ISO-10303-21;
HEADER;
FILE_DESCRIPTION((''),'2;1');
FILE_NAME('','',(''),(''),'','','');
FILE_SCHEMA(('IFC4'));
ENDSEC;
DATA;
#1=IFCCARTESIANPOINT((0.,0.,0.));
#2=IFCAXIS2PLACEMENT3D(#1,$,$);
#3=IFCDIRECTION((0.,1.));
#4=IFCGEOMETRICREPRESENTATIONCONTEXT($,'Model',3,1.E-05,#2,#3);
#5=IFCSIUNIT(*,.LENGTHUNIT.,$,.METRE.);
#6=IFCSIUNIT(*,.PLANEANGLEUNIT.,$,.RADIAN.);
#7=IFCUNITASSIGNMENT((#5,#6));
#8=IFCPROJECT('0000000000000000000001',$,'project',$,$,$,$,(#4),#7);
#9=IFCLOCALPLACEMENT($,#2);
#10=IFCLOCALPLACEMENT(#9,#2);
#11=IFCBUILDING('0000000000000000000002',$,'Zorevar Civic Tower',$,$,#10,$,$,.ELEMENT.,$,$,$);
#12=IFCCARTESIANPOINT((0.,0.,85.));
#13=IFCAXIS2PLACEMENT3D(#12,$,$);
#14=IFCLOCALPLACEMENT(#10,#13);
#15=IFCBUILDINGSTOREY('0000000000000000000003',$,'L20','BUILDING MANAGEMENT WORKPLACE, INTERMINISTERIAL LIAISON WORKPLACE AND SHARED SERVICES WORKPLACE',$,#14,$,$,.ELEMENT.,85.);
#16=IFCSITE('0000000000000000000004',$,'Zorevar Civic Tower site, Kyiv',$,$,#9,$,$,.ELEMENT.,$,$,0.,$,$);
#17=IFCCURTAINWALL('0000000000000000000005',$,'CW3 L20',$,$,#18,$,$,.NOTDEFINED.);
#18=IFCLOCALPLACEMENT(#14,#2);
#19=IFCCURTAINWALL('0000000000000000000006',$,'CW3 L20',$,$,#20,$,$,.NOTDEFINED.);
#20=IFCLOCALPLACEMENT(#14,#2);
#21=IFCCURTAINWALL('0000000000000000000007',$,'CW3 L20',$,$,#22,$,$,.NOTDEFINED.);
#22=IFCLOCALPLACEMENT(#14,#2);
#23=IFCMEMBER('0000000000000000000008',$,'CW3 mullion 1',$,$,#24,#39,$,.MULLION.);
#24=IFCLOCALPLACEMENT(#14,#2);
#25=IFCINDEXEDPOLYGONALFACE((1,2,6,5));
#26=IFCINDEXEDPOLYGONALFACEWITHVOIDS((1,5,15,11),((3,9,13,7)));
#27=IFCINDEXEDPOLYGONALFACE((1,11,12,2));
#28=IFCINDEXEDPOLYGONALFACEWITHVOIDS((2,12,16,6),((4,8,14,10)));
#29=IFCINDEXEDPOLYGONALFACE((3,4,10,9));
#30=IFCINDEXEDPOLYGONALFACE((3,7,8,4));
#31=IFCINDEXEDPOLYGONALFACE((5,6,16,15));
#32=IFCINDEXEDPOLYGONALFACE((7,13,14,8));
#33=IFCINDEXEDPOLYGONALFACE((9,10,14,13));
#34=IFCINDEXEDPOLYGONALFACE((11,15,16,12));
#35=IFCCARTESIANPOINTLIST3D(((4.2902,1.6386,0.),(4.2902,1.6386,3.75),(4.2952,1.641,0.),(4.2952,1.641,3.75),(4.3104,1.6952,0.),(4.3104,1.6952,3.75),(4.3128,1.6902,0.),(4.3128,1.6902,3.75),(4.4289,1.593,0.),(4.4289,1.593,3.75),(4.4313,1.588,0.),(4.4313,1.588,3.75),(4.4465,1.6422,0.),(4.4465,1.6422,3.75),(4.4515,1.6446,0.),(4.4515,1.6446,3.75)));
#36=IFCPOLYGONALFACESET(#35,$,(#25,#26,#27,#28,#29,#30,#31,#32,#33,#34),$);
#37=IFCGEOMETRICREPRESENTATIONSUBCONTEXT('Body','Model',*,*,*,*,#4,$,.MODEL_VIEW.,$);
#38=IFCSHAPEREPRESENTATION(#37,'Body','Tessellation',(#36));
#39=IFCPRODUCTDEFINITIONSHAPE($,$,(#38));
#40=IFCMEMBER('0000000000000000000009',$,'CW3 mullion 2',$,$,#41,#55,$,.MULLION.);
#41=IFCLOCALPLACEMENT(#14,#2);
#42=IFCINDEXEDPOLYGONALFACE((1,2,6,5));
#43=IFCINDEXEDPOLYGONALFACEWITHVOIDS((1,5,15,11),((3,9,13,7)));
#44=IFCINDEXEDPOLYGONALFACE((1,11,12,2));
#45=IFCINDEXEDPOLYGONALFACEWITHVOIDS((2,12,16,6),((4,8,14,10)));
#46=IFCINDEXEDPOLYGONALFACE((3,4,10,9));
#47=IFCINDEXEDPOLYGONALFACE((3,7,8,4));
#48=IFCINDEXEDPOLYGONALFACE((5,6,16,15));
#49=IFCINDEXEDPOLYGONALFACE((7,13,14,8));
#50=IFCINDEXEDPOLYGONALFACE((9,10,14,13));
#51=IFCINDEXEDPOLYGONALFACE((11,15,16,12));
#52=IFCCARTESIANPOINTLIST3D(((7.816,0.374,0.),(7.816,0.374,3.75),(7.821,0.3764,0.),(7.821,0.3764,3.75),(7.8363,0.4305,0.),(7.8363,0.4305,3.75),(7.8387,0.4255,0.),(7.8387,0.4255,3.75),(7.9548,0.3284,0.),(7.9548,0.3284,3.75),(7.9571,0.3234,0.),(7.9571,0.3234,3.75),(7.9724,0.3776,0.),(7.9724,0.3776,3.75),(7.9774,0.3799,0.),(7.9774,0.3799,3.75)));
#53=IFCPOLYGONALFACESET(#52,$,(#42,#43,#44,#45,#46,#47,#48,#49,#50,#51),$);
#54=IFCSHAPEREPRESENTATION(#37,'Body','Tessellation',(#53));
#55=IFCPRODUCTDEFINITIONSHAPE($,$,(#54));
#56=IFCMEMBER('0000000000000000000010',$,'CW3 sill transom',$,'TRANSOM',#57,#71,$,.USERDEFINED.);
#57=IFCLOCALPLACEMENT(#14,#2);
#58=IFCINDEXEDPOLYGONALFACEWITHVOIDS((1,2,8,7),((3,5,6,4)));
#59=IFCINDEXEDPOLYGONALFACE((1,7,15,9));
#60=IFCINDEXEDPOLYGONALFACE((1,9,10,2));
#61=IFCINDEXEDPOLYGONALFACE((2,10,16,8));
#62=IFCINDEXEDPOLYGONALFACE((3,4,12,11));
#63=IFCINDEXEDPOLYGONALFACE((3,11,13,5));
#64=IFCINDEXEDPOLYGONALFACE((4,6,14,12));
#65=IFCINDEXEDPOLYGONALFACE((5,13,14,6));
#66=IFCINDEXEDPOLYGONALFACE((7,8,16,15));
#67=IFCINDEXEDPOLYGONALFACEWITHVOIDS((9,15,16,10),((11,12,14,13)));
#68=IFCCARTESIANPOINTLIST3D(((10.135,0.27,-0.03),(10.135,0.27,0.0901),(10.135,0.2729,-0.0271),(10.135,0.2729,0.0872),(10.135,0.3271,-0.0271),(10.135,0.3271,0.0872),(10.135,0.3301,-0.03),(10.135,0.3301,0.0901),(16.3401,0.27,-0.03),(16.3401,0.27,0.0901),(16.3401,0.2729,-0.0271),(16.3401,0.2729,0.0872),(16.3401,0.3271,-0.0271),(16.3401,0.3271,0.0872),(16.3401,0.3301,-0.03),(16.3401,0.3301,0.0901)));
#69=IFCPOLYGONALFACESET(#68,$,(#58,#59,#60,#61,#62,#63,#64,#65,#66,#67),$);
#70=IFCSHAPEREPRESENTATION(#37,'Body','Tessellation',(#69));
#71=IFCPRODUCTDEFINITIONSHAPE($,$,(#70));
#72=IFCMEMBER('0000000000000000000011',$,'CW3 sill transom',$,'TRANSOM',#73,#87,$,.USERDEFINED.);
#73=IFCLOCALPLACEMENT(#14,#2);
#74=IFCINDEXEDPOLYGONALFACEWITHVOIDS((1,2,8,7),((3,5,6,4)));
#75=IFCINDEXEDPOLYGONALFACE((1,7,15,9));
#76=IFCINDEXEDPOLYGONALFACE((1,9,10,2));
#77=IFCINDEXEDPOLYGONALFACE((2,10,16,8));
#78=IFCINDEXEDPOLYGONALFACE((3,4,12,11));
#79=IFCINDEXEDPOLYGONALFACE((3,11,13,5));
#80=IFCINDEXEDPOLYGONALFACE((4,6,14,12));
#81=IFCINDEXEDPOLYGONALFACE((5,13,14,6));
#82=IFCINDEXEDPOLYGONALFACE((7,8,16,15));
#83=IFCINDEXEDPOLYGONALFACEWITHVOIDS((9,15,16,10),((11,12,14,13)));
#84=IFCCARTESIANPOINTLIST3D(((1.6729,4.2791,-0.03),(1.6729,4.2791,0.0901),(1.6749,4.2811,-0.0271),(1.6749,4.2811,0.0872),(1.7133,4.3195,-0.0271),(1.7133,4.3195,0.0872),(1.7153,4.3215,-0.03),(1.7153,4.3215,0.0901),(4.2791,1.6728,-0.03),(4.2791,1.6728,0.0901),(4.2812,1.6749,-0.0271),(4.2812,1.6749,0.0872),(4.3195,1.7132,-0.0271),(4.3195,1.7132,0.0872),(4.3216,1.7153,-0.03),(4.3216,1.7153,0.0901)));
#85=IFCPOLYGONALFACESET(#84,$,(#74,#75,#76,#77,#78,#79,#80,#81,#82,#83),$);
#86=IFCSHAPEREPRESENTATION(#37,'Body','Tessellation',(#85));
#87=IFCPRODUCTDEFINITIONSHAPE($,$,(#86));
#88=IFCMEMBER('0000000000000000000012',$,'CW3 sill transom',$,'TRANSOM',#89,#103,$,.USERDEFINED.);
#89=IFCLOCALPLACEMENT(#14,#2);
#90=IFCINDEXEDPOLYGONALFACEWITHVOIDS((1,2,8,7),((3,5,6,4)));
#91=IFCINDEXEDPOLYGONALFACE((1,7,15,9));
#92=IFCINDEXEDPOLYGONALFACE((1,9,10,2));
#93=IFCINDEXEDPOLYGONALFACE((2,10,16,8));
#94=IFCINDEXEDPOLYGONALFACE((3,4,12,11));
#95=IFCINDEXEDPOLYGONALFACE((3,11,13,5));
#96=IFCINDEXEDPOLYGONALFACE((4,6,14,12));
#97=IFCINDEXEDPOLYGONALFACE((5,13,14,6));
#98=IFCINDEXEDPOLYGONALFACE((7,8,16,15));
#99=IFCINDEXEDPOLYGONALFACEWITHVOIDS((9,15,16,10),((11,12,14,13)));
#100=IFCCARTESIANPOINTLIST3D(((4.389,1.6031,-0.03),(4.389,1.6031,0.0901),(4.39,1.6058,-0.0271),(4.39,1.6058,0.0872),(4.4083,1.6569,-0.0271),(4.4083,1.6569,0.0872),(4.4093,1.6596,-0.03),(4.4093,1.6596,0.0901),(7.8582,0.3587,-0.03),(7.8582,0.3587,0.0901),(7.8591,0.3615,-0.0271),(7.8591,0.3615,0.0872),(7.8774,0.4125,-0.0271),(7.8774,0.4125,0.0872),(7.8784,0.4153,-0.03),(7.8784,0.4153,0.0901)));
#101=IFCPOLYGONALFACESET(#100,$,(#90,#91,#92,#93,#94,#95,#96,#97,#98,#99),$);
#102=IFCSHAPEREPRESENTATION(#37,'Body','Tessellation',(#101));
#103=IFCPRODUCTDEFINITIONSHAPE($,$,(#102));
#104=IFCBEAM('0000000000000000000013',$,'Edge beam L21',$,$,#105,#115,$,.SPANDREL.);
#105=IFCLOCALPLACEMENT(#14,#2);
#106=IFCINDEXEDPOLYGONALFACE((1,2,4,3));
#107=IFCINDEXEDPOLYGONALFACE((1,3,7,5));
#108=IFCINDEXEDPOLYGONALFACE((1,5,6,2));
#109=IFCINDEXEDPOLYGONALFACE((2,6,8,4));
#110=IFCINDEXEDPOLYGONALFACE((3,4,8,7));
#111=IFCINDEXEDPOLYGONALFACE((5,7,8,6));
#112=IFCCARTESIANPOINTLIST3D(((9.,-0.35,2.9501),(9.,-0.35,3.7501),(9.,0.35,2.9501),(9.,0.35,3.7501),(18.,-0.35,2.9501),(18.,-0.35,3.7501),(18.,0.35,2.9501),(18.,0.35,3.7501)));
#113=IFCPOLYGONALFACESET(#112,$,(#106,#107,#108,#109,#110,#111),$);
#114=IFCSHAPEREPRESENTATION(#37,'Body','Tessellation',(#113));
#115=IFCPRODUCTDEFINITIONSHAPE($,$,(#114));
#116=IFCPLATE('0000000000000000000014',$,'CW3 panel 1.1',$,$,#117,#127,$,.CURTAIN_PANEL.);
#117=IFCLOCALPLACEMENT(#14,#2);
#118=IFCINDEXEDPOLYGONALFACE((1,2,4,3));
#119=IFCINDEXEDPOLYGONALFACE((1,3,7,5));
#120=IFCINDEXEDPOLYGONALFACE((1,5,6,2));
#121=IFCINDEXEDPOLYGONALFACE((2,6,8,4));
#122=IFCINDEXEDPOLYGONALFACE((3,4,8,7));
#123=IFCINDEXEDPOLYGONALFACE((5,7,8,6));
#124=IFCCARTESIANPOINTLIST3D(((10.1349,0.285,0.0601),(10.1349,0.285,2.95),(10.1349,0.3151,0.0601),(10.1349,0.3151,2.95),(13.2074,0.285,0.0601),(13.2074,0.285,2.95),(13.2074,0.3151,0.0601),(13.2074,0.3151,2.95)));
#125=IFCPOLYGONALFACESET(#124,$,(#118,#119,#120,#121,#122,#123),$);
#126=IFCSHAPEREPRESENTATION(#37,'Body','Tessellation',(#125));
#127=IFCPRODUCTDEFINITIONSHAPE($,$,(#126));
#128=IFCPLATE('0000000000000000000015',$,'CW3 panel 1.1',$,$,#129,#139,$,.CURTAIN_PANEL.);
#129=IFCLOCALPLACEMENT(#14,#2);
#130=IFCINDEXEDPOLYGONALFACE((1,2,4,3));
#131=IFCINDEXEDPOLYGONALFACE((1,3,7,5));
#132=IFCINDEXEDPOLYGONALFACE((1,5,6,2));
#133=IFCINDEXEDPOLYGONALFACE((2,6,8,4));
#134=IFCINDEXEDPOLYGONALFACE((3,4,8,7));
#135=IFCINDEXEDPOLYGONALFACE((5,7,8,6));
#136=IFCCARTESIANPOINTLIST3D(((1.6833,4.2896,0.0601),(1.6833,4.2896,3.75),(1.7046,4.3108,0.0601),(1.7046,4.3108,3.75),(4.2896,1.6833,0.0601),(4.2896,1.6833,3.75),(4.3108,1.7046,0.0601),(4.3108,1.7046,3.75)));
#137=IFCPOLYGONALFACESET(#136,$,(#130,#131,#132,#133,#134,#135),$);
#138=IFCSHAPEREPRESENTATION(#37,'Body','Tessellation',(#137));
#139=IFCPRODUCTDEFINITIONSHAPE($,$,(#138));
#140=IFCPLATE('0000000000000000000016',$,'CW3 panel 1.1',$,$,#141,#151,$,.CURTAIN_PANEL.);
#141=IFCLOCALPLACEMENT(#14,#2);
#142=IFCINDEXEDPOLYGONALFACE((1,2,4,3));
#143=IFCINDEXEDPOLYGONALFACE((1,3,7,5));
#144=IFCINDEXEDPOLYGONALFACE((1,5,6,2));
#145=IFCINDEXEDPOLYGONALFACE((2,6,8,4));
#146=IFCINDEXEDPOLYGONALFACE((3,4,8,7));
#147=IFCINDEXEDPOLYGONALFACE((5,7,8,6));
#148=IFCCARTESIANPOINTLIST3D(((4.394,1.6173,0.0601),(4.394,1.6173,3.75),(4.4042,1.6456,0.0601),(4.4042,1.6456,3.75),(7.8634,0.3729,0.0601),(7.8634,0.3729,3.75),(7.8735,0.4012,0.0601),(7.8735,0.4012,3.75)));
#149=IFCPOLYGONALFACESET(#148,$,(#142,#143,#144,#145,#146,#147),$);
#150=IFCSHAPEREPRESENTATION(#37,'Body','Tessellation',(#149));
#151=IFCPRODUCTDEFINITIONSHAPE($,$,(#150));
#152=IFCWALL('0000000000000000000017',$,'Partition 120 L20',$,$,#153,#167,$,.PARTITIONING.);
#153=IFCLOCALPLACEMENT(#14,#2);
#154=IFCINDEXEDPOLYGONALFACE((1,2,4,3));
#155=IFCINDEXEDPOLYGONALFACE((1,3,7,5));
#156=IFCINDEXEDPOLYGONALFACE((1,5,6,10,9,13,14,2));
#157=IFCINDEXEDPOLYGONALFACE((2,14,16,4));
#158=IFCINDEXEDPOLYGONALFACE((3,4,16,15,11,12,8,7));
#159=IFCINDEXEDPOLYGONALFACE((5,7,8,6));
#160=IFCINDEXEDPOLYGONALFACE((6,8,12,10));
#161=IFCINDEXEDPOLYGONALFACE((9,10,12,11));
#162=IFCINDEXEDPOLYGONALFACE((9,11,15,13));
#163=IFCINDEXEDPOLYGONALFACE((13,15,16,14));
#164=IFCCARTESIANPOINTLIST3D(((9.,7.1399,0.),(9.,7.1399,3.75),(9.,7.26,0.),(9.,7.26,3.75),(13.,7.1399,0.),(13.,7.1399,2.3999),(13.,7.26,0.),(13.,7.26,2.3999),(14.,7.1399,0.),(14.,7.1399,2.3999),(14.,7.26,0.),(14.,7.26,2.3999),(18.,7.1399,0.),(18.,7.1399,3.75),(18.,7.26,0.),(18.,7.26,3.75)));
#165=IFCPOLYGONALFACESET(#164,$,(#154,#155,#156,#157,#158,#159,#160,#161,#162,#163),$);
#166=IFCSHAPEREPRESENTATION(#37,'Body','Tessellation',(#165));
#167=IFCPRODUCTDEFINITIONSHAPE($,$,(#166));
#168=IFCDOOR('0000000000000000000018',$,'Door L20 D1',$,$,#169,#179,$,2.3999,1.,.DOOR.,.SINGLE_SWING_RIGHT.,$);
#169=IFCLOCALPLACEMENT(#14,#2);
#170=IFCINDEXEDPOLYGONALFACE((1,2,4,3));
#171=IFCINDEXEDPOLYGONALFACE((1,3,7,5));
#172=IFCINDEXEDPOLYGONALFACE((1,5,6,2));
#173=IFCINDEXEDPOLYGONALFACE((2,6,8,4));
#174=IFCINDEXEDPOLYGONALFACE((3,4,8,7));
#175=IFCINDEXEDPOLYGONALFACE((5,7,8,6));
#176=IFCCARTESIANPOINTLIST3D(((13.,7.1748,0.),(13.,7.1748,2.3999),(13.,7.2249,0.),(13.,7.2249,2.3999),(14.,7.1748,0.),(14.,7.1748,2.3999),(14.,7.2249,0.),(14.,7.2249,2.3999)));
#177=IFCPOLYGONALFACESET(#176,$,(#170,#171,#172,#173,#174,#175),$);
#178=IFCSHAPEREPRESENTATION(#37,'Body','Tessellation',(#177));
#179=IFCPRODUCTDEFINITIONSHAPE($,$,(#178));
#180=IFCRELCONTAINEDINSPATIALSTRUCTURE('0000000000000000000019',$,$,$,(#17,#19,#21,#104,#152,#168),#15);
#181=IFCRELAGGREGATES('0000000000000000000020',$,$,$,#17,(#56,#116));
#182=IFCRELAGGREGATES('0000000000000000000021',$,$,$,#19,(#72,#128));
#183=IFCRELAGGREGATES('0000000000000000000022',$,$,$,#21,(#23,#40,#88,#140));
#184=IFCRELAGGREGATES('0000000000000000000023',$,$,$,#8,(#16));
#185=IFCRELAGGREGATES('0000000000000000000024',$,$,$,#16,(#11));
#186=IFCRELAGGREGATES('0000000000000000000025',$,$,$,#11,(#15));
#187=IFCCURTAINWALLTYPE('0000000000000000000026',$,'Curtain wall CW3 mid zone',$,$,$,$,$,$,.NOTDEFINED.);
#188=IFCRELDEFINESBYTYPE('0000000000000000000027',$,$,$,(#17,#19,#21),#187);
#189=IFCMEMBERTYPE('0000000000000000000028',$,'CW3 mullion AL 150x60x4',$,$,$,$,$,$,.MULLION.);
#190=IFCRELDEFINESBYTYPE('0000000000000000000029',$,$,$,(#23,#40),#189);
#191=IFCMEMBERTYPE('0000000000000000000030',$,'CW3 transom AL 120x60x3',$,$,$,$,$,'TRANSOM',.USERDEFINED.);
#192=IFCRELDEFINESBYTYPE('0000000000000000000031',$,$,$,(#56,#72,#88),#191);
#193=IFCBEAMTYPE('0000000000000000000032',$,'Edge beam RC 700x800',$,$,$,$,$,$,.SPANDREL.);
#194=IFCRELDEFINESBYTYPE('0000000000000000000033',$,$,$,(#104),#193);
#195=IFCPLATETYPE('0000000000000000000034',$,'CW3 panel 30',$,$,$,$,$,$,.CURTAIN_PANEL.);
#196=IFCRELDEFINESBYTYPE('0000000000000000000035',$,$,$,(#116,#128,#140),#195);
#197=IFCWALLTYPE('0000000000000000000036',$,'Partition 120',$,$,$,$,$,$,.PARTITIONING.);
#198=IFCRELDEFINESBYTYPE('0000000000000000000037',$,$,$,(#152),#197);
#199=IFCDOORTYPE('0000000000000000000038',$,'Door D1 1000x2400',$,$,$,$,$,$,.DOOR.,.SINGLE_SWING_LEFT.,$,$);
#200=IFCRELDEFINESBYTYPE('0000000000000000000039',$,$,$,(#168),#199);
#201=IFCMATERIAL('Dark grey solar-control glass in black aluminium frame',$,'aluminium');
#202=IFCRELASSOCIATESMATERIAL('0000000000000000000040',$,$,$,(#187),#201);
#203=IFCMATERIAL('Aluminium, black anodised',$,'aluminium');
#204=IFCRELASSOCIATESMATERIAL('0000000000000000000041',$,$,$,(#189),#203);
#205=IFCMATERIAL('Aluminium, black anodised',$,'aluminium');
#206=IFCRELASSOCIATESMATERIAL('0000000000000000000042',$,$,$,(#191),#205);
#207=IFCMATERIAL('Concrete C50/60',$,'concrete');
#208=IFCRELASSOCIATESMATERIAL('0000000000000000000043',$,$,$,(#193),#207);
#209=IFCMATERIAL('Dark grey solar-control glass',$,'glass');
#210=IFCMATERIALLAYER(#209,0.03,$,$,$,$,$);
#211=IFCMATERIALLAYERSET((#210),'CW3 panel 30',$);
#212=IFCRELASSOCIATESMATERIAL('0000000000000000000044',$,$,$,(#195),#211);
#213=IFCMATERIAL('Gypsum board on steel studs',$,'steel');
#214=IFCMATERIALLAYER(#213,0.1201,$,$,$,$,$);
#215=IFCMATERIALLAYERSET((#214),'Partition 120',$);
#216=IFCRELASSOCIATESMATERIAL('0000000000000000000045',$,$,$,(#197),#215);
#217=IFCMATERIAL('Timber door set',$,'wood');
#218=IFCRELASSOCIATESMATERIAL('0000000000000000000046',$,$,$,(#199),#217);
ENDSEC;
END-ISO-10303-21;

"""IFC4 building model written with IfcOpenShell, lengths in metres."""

from ifc_helpers import new_model, si_unit, direction, frame, frame_2d, origin, origin_2d, place, context, subcontext, project, spatial, rectangle, hollow_rectangle, extrude, material, layer, layer_set, material_profile, profile_set, type_object, element, fill, aggregate, save


model = new_model("IFC4")

# Units and contexts
model_context = context("Model", 3, precision=1e-05, world=origin(), true_north=direction((0.0, 1.0)))
body_context = subcontext(model_context, "Body", "Model", "MODEL_VIEW")
ifc_project = project(units=[si_unit("LENGTHUNIT", "METRE"), si_unit("PLANEANGLEUNIT", "RADIAN")], contexts=[model_context])

# Site, building, storey
site_placement = place(None, origin())
site = spatial("IfcSite", under=ifc_project, at=site_placement, Name="Zorevar Civic Tower site, Kyiv", CompositionType="ELEMENT", RefElevation=0.0)
building_placement = place(site_placement, origin())
building = spatial("IfcBuilding", under=site, at=building_placement, Name="Zorevar Civic Tower", CompositionType="ELEMENT")
storey_placement = place(building_placement, frame((0.0, 0.0, 85.0)))
storey = spatial("IfcBuildingStorey", under=building, at=storey_placement, Name="L20", Description="BUILDING MANAGEMENT WORKPLACE, INTERMINISTERIAL LIAISON WORKPLACE AND SHARED SERVICES WORKPLACE", CompositionType="ELEMENT", Elevation=85.0)

# Curtain wall
ifc_material_1 = material(Name="Dark grey solar-control glass in black aluminium frame", Category="aluminium")
curtain_wall_type = type_object("IfcCurtainWallType", Name="Curtain wall CW3 mid zone", PredefinedType="NOTDEFINED", material=ifc_material_1)
curtain_wall_1_placement = place(storey_placement, origin())
curtain_wall_1 = element("IfcCurtainWall", 1, at=curtain_wall_1_placement, inside=storey, type_object=curtain_wall_type, Name="CW3 L20", PredefinedType="NOTDEFINED")
ifc_material_2 = material(Name="Aluminium, black anodised", Category="aluminium")
ifc_material_profile_1 = material_profile(ifc_material_2, hollow_rectangle(XDim=0.0601, YDim=0.1499, WallThickness=0.0039, at=origin_2d()), Name="AL 150x60x4")
ifc_profile_set_1 = profile_set([ifc_material_profile_1], Name="Aluminium, black anodised")
member_type_1 = type_object("IfcMemberType", Name="CW3 mullion AL 150x60x4", PredefinedType="MULLION", material=ifc_profile_set_1)

# Curtain walls, members
curtain_wall_2_placement = place(storey_placement, origin())
curtain_wall_2 = element("IfcCurtainWall", 2, at=curtain_wall_2_placement, inside=storey, type_object=curtain_wall_type, Name="CW3 L20", PredefinedType="NOTDEFINED")
curtain_wall_3_placement = place(storey_placement, origin())
curtain_wall_3 = element("IfcCurtainWall", 3, at=curtain_wall_3_placement, inside=storey, type_object=curtain_wall_type, Name="CW3 L20", PredefinedType="NOTDEFINED")
member_1_placement = place(storey_placement, frame((4.3708, 1.6416, 0.0), z_axis=(0.0, 0.0, 1.0), x_axis=(0.337623, 0.941282, 0.0)))
member_1 = element("IfcMember", 4, at=member_1_placement, type_object=member_type_1, Name="CW3 mullion 1", PredefinedType="MULLION", context=body_context, shape_type="SweptSolid", body=[
    extrude(hollow_rectangle(XDim=0.0601, YDim=0.1499, WallThickness=0.0039, at=origin_2d()), origin(), (0.0, 0.0, 1.0), 3.75),
])
member_2_placement = place(storey_placement, frame((7.8967, 0.377, 0.0), z_axis=(0.0, 0.0, 1.0), x_axis=(0.337623, 0.941282, 0.0)))
member_2 = element("IfcMember", 5, at=member_2_placement, type_object=member_type_1, Name="CW3 mullion 2", PredefinedType="MULLION", context=body_context, shape_type="SweptSolid", body=[
    extrude(hollow_rectangle(XDim=0.0601, YDim=0.1499, WallThickness=0.0039, at=origin_2d()), origin(), (0.0, 0.0, 1.0), 3.75),
])

# Members
ifc_material_3 = material(Name="Aluminium, black anodised", Category="aluminium")
ifc_material_profile_2 = material_profile(ifc_material_3, hollow_rectangle(XDim=0.0601, YDim=0.1201, WallThickness=0.0029, at=origin_2d()), Name="AL 120x60x3")
ifc_profile_set_2 = profile_set([ifc_material_profile_2], Name="Aluminium, black anodised")
member_type_2 = type_object("IfcMemberType", Name="CW3 transom AL 120x60x3", ElementType="TRANSOM", PredefinedType="USERDEFINED", material=ifc_profile_set_2)
member_3_placement = place(storey_placement, frame((10.135, 0.3, 0.03), z_axis=(1.0, 0.0, 0.0), x_axis=(0.0, 1.0, 0.0)))
member_3 = element("IfcMember", 6, at=member_3_placement, type_object=member_type_2, Name="CW3 sill transom", ObjectType="TRANSOM", PredefinedType="USERDEFINED", context=body_context, shape_type="SweptSolid", body=[
    extrude(hollow_rectangle(XDim=0.0601, YDim=0.1201, WallThickness=0.0029, at=origin_2d()), origin(), (0.0, 0.0, 1.0), 6.2051),
])
member_4_placement = place(storey_placement, frame((1.6941, 4.3003, 0.03), z_axis=(0.707107, -0.707107, 0.0), x_axis=(0.707107, 0.707107, 0.0)))
member_4 = element("IfcMember", 7, at=member_4_placement, type_object=member_type_2, Name="CW3 sill transom", ObjectType="TRANSOM", PredefinedType="USERDEFINED", context=body_context, shape_type="SweptSolid", body=[
    extrude(hollow_rectangle(XDim=0.0601, YDim=0.1201, WallThickness=0.0029, at=origin_2d()), origin(), (0.0, 0.0, 1.0), 3.6858),
])
member_5_placement = place(storey_placement, frame((4.3992, 1.6313, 0.03), z_axis=(0.941279, -0.337629, 0.0), x_axis=(0.337629, 0.941279, 0.0)))
member_5 = element("IfcMember", 8, at=member_5_placement, type_object=member_type_2, Name="CW3 sill transom", ObjectType="TRANSOM", PredefinedType="USERDEFINED", context=body_context, shape_type="SweptSolid", body=[
    extrude(hollow_rectangle(XDim=0.0601, YDim=0.1201, WallThickness=0.0029, at=origin_2d()), origin(), (0.0, 0.0, 1.0), 3.6855),
])

# Beam
ifc_material_4 = material(Name="Concrete C50/60", Category="concrete")
ifc_material_profile_3 = material_profile(ifc_material_4, rectangle(XDim=0.7, YDim=0.8, at=origin_2d()), Name="RC 700x800")
ifc_profile_set_3 = profile_set([ifc_material_profile_3], Name="Concrete C50/60")
beam_type_1 = type_object("IfcBeamType", Name="Edge beam RC 700x800", PredefinedType="SPANDREL", material=ifc_profile_set_3)
beam_1_placement = place(storey_placement, frame((9.0, 0.0, 3.3501), z_axis=(1.0, 0.0, 0.0), x_axis=(0.0, 1.0, 0.0)))
element("IfcBeam", 9, at=beam_1_placement, inside=storey, type_object=beam_type_1, Name="Edge beam L21", PredefinedType="SPANDREL", context=body_context, shape_type="SweptSolid", body=[
    extrude(rectangle(XDim=0.7, YDim=0.8, at=origin_2d()), origin(), (0.0, 0.0, 1.0), 9.0),
])

# Plates
ifc_material_5 = material(Name="Dark grey solar-control glass", Category="glass")
ifc_layer_1 = layer(ifc_material_5, 0.03)
ifc_layer_set_1 = layer_set([ifc_layer_1], Name="CW3 panel 30")
plate_type = type_object("IfcPlateType", Name="CW3 panel 30", PredefinedType="CURTAIN_PANEL", material=ifc_layer_set_1)
plate_1_placement = place(storey_placement, frame((11.6711, 0.3, 0.0601), z_axis=(0.0, 0.0, 1.0), x_axis=(1.0, 0.0, 0.0)))
plate_1 = element("IfcPlate", 10, at=plate_1_placement, type_object=plate_type, Name="CW3 panel 1.1", PredefinedType="CURTAIN_PANEL", context=body_context, shape_type="SweptSolid", body=[
    extrude(rectangle(XDim=3.0725, YDim=0.03, at=origin_2d()), origin(), (0.0, 0.0, 1.0), 2.8899),
])
aggregate(curtain_wall_1, [member_3, plate_1])
plate_2_placement = place(storey_placement, frame((2.9971, 2.9971, 0.0601), z_axis=(0.0, 0.0, 1.0), x_axis=(0.707107, -0.707107, 0.0)))
plate_2 = element("IfcPlate", 11, at=plate_2_placement, type_object=plate_type, Name="CW3 panel 1.1", PredefinedType="CURTAIN_PANEL", context=body_context, shape_type="SweptSolid", body=[
    extrude(rectangle(XDim=3.6858, YDim=0.03, at=origin_2d()), origin(), (0.0, 0.0, 1.0), 3.6899),
])
aggregate(curtain_wall_2, [member_4, plate_2])
plate_3_placement = place(storey_placement, frame((6.1338, 1.0093, 0.0601), z_axis=(0.0, 0.0, 1.0), x_axis=(0.941282, -0.337623, 0.0)))
plate_3 = element("IfcPlate", 12, at=plate_3_placement, type_object=plate_type, Name="CW3 panel 1.1", PredefinedType="CURTAIN_PANEL", context=body_context, shape_type="SweptSolid", body=[
    extrude(rectangle(XDim=3.6858, YDim=0.03, at=origin_2d()), origin(), (0.0, 0.0, 1.0), 3.6899),
])
aggregate(curtain_wall_3, [member_1, member_2, member_5, plate_3])

# Wall, opening, door
ifc_material_6 = material(Name="Gypsum board on steel studs", Category="steel")
ifc_layer_2 = layer(ifc_material_6, 0.1201)
ifc_layer_set_2 = layer_set([ifc_layer_2], Name="Partition 120")
wall_type = type_object("IfcWallType", Name="Partition 120", PredefinedType="PARTITIONING", material=ifc_layer_set_2)
wall_1_placement = place(storey_placement, frame((9.0, 7.2, 0.0), z_axis=(0.0, 0.0, 1.0), x_axis=(1.0, 0.0, 0.0)))
wall_1 = element("IfcWall", 13, at=wall_1_placement, inside=storey, type_object=wall_type, Name="Partition 120 L20", PredefinedType="PARTITIONING", context=body_context, shape_type="SweptSolid", body=[
    extrude(rectangle(XDim=9.0, YDim=0.1201, at=frame_2d((4.5, 0.0))), origin(), (0.0, 0.0, 1.0), 3.75),
])
opening_placement = place(wall_1_placement, frame((4.0, 0.0, 0.0)))
opening = element("IfcOpeningElement", 14, at=opening_placement, cuts=wall_1, PredefinedType="OPENING", context=body_context, shape_type="SweptSolid", body=[
    extrude(rectangle(XDim=1.0, YDim=2.3999, at=frame_2d((0.5, 1.2))), frame((0.0, 0.0701, 0.0), z_axis=(0.0, -1.0, 0.0), x_axis=(1.0, 0.0, 0.0)), (0.0, 0.0, 1.0), 0.1401),
])
ifc_material_7 = material(Name="Timber door set", Category="wood")
door_type = type_object("IfcDoorType", Name="Door D1 1000x2400", OperationType="SINGLE_SWING_LEFT", PredefinedType="DOOR", material=ifc_material_7)
door_placement = place(opening_placement, origin())
door = element("IfcDoor", 15, at=door_placement, inside=storey, type_object=door_type, Name="Door L20 D1", OperationType="SINGLE_SWING_RIGHT", OverallHeight=2.3999, OverallWidth=1.0, PredefinedType="DOOR", context=body_context, shape_type="SweptSolid", body=[
    extrude(rectangle(XDim=1.0, YDim=2.3999, at=frame_2d((0.5, 1.2))), frame((0.0, 0.0249, 0.0), z_axis=(0.0, -1.0, 0.0), x_axis=(1.0, 0.0, 0.0)), (0.0, 0.0, 1.0), 0.05),
])
fill(opening, door)

save(model, "model.ifc")
